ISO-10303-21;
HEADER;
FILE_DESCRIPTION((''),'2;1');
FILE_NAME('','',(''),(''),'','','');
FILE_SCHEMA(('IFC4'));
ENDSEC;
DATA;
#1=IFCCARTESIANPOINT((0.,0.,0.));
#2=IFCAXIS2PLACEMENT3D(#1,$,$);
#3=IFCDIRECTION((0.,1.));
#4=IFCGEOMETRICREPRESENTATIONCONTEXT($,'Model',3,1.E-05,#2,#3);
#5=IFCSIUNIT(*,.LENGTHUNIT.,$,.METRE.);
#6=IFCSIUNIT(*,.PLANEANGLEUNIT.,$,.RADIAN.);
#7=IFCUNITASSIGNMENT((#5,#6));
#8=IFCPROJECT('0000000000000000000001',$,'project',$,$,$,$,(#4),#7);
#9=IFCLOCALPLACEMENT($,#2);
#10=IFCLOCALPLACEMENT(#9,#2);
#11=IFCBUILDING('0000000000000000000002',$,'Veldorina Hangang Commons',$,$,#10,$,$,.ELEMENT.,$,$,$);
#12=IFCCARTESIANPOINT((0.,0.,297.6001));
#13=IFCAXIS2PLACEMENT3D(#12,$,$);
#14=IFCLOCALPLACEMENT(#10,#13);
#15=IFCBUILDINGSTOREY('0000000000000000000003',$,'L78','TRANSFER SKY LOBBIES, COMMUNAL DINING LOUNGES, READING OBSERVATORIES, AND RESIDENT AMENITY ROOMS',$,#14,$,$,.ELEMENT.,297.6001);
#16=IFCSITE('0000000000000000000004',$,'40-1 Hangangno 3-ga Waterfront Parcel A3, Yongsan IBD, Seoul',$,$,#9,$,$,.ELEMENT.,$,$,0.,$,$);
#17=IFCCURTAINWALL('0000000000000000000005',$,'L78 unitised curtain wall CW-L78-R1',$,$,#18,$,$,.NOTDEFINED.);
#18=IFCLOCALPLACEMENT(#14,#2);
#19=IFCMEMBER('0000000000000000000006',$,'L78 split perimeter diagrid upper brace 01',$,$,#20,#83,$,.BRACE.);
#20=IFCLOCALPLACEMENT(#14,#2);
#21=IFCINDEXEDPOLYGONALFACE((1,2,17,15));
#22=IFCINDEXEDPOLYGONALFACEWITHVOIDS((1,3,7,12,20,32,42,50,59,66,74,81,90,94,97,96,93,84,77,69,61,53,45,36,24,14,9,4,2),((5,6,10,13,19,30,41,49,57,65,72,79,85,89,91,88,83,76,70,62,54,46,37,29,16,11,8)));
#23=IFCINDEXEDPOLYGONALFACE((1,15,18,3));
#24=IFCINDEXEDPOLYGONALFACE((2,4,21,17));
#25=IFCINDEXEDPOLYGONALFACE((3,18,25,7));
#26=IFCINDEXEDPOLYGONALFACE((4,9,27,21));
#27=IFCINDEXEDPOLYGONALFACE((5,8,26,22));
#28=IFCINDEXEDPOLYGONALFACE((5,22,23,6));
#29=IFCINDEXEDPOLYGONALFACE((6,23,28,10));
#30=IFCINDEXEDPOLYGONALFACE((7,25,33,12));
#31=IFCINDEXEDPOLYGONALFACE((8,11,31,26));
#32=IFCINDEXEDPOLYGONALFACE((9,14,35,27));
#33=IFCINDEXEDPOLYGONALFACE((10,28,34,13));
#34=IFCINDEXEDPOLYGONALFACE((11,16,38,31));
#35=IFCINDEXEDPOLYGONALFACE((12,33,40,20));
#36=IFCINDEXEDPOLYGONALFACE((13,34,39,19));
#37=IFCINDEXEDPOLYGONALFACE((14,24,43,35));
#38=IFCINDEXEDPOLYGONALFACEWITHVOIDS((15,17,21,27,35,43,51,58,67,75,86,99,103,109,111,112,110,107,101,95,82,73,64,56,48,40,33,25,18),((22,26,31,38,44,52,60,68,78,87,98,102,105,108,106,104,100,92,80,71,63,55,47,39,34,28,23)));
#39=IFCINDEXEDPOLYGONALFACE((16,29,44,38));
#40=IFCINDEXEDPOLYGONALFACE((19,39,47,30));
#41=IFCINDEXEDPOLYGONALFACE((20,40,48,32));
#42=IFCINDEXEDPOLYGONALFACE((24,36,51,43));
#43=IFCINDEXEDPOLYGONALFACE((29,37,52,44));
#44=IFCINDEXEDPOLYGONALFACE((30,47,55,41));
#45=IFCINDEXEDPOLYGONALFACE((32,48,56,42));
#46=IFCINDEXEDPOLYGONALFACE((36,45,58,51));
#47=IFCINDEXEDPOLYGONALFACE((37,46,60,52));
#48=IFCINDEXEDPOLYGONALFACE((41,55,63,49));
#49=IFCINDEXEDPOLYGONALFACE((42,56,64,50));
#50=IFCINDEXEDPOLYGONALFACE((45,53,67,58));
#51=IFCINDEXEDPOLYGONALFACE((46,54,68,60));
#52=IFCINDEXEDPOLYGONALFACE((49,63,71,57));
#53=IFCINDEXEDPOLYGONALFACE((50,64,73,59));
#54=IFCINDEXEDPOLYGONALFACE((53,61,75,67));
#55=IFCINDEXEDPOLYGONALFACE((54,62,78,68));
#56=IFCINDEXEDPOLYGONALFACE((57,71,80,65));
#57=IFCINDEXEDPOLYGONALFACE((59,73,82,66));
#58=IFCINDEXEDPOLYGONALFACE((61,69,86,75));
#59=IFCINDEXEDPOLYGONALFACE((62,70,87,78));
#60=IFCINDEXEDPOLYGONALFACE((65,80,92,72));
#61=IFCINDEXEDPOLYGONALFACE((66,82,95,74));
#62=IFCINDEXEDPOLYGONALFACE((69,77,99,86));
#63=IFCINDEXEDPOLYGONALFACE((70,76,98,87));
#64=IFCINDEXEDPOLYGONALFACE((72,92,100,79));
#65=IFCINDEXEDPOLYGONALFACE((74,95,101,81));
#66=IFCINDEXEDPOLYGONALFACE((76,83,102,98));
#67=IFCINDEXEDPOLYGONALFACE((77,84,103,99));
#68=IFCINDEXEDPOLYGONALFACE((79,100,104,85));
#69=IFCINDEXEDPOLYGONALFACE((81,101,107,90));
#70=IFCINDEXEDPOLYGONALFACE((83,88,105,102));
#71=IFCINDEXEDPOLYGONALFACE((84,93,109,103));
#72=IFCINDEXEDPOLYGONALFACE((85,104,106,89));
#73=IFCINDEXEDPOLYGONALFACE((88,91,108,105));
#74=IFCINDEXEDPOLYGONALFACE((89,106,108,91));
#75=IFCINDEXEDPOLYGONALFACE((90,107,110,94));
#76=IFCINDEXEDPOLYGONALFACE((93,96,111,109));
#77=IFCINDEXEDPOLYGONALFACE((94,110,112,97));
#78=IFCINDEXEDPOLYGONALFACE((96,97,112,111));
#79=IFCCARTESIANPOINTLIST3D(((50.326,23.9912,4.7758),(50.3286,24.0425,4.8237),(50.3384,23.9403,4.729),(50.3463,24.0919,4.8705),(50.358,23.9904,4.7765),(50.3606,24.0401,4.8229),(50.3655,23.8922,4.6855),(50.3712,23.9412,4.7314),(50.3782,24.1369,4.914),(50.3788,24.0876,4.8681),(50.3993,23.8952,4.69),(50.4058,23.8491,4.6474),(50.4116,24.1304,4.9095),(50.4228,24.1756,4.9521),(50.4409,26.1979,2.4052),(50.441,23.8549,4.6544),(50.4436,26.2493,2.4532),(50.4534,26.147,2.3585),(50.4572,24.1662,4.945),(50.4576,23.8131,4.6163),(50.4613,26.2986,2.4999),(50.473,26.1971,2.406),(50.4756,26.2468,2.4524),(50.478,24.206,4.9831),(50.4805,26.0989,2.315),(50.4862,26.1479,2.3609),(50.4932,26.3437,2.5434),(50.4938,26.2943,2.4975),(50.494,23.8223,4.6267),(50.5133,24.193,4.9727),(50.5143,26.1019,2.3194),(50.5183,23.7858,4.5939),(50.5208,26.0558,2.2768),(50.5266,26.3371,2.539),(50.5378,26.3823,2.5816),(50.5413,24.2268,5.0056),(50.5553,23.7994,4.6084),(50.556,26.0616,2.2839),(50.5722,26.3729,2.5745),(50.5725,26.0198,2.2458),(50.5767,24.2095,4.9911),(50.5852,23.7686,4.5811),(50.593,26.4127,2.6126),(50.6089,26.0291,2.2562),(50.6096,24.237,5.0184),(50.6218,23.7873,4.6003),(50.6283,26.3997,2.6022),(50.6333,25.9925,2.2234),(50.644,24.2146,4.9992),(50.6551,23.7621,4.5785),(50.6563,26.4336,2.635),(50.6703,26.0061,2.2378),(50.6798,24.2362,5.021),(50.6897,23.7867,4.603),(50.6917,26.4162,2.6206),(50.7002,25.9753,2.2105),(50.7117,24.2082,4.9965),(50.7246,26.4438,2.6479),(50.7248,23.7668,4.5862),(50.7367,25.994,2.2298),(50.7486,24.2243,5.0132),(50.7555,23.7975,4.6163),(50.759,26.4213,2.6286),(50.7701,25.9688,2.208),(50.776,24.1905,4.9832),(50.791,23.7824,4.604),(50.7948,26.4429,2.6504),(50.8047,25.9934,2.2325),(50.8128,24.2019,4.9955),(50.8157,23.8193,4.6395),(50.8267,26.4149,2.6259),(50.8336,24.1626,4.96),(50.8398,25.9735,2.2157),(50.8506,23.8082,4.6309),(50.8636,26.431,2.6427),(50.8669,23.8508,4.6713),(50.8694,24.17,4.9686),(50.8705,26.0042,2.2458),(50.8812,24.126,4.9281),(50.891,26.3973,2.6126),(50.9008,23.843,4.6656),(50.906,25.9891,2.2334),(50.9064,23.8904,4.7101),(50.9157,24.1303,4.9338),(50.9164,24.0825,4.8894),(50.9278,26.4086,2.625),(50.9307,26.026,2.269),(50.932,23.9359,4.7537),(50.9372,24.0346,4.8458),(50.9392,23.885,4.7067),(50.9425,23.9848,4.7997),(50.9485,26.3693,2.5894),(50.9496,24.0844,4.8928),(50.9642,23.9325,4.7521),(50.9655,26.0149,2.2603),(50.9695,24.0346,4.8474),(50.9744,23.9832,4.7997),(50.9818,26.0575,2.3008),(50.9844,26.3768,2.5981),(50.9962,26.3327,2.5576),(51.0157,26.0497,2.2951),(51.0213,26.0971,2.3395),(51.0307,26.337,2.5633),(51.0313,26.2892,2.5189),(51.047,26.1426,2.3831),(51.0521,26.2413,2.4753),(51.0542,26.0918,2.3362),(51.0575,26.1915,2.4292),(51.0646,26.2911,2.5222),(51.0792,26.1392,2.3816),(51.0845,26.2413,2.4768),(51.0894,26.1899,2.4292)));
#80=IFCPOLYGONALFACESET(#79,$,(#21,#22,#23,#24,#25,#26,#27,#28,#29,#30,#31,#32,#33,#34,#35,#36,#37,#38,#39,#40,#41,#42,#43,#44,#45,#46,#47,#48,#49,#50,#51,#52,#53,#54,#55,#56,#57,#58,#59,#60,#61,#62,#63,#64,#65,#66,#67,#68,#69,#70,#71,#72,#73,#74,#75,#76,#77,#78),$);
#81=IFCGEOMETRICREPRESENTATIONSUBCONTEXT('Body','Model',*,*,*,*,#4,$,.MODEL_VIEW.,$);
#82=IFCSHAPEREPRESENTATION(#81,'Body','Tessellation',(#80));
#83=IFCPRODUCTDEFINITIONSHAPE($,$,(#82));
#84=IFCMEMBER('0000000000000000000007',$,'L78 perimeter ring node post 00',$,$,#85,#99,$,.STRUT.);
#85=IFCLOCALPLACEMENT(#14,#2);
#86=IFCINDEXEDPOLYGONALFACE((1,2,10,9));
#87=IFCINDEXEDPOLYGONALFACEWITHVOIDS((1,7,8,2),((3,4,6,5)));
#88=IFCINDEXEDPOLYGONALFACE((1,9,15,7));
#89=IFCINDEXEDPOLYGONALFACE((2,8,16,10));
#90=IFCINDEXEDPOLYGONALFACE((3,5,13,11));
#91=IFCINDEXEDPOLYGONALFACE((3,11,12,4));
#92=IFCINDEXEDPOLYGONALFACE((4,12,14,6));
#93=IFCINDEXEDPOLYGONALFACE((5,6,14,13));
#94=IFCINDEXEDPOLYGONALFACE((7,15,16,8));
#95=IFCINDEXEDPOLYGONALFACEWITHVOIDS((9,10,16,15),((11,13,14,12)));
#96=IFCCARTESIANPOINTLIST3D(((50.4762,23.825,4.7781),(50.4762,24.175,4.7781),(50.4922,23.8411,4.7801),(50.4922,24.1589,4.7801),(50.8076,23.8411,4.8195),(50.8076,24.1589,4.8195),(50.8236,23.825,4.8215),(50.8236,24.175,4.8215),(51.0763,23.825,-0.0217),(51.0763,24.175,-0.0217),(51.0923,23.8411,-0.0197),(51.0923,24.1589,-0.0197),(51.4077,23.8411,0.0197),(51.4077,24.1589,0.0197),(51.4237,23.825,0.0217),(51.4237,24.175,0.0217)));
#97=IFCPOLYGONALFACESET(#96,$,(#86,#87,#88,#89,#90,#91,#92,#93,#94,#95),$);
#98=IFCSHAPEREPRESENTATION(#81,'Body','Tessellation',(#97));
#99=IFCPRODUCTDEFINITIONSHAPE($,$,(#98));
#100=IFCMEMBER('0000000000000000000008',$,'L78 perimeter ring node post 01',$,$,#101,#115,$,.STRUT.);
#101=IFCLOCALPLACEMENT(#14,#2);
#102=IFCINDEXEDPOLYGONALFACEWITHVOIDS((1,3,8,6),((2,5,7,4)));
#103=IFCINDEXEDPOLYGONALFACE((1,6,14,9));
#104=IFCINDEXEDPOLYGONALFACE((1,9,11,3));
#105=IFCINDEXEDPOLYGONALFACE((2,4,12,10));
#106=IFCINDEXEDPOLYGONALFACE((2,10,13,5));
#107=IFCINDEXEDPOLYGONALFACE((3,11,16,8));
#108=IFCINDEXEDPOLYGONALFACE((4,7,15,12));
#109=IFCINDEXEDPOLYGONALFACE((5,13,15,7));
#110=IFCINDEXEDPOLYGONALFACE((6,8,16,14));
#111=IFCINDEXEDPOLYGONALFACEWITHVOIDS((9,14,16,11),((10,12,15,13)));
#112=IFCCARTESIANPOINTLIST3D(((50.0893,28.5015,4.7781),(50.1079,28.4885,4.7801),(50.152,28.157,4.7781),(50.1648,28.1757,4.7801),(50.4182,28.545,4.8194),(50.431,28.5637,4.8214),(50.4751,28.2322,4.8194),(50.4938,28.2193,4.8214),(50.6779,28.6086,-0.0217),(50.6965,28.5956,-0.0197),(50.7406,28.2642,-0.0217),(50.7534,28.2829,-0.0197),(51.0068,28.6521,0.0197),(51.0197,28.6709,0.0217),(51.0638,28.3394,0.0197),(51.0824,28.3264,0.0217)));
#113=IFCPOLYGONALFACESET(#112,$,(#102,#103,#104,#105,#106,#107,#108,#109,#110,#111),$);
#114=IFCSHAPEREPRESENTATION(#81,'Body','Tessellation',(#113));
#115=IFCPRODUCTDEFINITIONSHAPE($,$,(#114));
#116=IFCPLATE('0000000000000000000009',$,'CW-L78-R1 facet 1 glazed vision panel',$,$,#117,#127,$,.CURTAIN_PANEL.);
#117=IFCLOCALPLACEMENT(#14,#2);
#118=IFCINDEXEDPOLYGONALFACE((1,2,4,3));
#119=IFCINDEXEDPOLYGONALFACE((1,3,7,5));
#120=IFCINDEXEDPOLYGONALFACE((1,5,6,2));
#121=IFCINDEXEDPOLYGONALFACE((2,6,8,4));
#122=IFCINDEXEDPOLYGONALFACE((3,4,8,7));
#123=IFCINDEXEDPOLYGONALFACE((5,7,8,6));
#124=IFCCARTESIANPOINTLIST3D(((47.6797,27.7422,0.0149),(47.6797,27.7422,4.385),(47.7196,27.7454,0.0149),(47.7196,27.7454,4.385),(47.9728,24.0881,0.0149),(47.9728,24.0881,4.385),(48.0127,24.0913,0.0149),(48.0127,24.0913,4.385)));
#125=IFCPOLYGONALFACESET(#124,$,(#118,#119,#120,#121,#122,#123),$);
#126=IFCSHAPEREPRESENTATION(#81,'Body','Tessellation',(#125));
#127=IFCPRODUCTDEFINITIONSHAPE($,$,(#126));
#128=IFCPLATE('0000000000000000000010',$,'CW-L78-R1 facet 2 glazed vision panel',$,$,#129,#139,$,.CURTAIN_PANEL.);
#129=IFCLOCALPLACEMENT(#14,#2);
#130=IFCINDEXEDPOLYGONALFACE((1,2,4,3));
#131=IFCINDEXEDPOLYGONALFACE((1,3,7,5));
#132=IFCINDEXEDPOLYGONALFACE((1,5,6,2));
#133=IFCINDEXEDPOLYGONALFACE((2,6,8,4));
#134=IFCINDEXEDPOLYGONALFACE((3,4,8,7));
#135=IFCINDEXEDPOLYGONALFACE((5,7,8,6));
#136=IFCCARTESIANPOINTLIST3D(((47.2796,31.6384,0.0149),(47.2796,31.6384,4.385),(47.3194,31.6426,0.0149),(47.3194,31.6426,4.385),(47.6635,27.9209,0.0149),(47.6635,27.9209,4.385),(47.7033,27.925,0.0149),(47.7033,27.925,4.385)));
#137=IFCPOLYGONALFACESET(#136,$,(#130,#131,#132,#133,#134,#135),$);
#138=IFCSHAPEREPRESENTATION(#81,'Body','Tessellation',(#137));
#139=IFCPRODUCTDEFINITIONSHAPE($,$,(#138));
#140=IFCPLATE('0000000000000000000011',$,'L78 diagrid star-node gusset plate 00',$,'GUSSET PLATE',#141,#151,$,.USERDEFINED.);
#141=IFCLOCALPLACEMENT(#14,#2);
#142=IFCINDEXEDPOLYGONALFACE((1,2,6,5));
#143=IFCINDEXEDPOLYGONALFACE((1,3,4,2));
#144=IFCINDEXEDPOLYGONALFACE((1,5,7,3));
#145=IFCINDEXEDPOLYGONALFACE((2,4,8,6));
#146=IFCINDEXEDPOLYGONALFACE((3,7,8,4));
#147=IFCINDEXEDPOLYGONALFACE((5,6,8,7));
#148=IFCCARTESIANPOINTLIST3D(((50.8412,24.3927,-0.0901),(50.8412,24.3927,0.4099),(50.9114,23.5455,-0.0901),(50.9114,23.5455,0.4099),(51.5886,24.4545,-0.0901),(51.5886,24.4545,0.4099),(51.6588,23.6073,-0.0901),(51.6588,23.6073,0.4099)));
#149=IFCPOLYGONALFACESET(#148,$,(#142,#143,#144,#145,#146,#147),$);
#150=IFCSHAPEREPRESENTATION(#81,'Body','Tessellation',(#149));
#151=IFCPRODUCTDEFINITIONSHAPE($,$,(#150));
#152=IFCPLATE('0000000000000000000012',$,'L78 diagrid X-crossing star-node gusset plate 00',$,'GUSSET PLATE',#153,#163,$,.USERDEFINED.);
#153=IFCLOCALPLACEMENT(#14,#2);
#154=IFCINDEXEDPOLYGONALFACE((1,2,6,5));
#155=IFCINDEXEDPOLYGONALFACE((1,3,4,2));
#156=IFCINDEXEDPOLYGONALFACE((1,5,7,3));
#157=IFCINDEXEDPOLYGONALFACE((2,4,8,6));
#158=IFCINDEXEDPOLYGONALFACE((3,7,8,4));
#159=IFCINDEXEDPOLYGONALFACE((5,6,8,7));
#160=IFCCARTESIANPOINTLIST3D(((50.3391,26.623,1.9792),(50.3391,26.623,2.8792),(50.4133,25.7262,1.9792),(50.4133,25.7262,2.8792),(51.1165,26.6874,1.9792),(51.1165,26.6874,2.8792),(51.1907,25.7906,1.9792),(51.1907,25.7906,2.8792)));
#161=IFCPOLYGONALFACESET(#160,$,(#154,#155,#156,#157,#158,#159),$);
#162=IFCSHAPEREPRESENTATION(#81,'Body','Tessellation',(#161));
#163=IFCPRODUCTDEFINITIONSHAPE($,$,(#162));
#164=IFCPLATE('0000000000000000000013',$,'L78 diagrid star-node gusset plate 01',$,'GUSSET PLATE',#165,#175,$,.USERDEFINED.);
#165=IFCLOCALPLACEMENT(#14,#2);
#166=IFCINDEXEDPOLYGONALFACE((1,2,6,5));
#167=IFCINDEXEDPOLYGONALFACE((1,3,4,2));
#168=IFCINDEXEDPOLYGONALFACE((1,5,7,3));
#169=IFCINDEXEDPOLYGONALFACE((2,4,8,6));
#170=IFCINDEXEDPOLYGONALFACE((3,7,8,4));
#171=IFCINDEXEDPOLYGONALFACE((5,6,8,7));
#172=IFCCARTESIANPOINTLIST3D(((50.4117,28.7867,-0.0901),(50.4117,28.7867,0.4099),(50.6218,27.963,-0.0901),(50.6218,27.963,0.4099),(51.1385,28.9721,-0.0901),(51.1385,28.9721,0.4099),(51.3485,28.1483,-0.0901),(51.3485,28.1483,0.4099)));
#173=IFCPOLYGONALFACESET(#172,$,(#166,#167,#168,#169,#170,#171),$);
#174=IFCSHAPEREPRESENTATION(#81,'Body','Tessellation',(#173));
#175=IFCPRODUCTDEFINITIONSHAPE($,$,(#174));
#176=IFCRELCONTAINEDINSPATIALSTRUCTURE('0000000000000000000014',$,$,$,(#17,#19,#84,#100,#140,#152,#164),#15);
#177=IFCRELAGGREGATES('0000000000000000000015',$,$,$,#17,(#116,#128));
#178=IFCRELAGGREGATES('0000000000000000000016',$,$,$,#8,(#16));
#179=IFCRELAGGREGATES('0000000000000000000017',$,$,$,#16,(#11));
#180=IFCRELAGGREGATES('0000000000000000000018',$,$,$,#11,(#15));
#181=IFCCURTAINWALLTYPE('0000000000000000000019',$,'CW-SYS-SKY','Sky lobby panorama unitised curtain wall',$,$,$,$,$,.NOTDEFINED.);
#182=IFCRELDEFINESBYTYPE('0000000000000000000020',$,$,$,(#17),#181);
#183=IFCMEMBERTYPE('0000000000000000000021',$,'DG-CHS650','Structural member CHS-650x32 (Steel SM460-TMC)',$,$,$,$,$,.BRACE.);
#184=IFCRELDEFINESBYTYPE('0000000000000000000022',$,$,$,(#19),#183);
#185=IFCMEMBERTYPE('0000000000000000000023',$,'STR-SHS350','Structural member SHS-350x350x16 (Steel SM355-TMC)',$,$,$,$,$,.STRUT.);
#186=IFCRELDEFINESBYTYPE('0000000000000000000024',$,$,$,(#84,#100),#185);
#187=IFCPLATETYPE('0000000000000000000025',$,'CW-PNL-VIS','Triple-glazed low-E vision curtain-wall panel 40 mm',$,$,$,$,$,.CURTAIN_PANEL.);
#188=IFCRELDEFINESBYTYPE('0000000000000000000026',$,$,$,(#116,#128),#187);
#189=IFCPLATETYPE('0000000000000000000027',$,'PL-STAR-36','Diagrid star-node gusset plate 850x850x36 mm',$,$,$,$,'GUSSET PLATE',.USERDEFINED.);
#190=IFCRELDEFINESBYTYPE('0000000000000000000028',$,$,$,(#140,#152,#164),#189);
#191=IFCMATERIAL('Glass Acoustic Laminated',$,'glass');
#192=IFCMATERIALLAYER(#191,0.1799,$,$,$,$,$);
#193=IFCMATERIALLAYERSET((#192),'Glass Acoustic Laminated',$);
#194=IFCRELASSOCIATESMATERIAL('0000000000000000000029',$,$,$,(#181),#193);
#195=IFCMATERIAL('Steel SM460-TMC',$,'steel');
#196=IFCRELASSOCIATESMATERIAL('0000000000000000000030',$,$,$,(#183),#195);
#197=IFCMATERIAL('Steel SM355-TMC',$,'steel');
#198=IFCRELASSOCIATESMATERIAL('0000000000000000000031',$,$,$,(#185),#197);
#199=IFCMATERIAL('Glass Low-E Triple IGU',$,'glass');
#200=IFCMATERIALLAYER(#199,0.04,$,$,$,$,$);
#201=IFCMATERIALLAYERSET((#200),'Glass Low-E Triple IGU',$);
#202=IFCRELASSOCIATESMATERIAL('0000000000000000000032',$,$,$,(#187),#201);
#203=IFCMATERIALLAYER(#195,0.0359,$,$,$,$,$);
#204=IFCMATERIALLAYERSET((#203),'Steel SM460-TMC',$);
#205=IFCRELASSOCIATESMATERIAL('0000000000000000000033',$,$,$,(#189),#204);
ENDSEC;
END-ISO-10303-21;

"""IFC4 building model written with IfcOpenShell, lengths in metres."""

from ifc_helpers import new_model, si_unit, direction, frame, origin, origin_2d, place, context, subcontext, project, spatial, rectangle, hollow_rectangle, hollow_circle, extrude, material, layer, layer_set, material_profile, profile_set, type_object, element, aggregate, save


model = new_model("IFC4")

# Units and contexts
model_context = context("Model", 3, precision=1e-05, world=origin(), true_north=direction((0.0, 1.0)))
body_context = subcontext(model_context, "Body", "Model", "MODEL_VIEW")
ifc_project = project(units=[si_unit("LENGTHUNIT", "METRE"), si_unit("PLANEANGLEUNIT", "RADIAN")], contexts=[model_context])

# Site, building, storey
site_placement = place(None, origin())
site = spatial("IfcSite", under=ifc_project, at=site_placement, Name="40-1 Hangangno 3-ga Waterfront Parcel A3, Yongsan IBD, Seoul", CompositionType="ELEMENT", RefElevation=0.0)
building_placement = place(site_placement, origin())
building = spatial("IfcBuilding", under=site, at=building_placement, Name="Veldorina Hangang Commons", CompositionType="ELEMENT")
storey_placement = place(building_placement, frame((0.0, 0.0, 297.6001)))
storey = spatial("IfcBuildingStorey", under=building, at=storey_placement, Name="L78", Description="TRANSFER SKY LOBBIES, COMMUNAL DINING LOUNGES, READING OBSERVATORIES, AND RESIDENT AMENITY ROOMS", CompositionType="ELEMENT", Elevation=297.6001)

# Shared definitions
ifc_material_1 = material(Name="Steel SM460-TMC", Category="steel")
ifc_material_2 = material(Name="Steel SM355-TMC", Category="steel")

# Curtain wall
ifc_material_3 = material(Name="Glass Acoustic Laminated", Category="glass")
ifc_layer_1 = layer(ifc_material_3, 0.1799)
ifc_layer_set_1 = layer_set([ifc_layer_1], Name="Glass Acoustic Laminated")
curtain_wall_type = type_object("IfcCurtainWallType", Name="CW-SYS-SKY", Description="Sky lobby panorama unitised curtain wall", PredefinedType="NOTDEFINED", material=ifc_layer_set_1)
curtain_wall_placement = place(storey_placement, origin())
curtain_wall = element("IfcCurtainWall", 1, at=curtain_wall_placement, inside=storey, type_object=curtain_wall_type, Name="L78 unitised curtain wall CW-L78-R1", PredefinedType="NOTDEFINED")

# Members
ifc_material_profile_1 = material_profile(ifc_material_1, hollow_circle(Radius=0.325, WallThickness=0.032, at=origin_2d()), Name="CHS-650x32")
ifc_profile_set_1 = profile_set([ifc_material_profile_1], Name="Steel SM460-TMC")
member_type_1 = type_object("IfcMemberType", Name="DG-CHS650", Description="Structural member CHS-650x32 (Steel SM460-TMC)", PredefinedType="BRACE", material=ifc_profile_set_1)
member_1_placement = place(storey_placement, frame((50.7649, 26.2068, 2.4292), z_axis=(-0.035482, -0.680935, 0.731484), x_axis=(0.998645, -0.052037, 0.0)))
element("IfcMember", 2, at=member_1_placement, inside=storey, type_object=member_type_1, Name="L78 split perimeter diagrid upper brace 01", PredefinedType="BRACE", context=body_context, shape_type="SweptSolid", body=[
    extrude(hollow_circle(Radius=0.325, WallThickness=0.032, at=origin_2d()), origin(), (0.0, 0.0, 1.0), 3.2407),
])
ifc_material_profile_2 = material_profile(ifc_material_2, hollow_rectangle(XDim=0.3501, YDim=0.3501, WallThickness=0.0161, at=origin_2d()), Name="SHS-350x350x16")
ifc_profile_set_2 = profile_set([ifc_material_profile_2], Name="Steel SM355-TMC")
member_type_2 = type_object("IfcMemberType", Name="STR-SHS350", Description="Structural member SHS-350x350x16 (Steel SM355-TMC)", PredefinedType="STRUT", material=ifc_profile_set_2)
member_2_placement = place(storey_placement, frame((51.25, 24.0, 0.0), z_axis=(-0.12406, 0.0, 0.992275), x_axis=(0.0, -1.0, 0.0)))
element("IfcMember", 3, at=member_2_placement, inside=storey, type_object=member_type_2, Name="L78 perimeter ring node post 00", PredefinedType="STRUT", context=body_context, shape_type="SweptSolid", body=[
    extrude(hollow_rectangle(XDim=0.3501, YDim=0.3501, WallThickness=0.0161, at=origin_2d()), origin(), (0.0, 0.0, 1.0), 4.8372),
])
member_3_placement = place(storey_placement, frame((50.8801, 28.4675, 0.0), z_axis=(-0.121693, -0.022158, 0.99232), x_axis=(0.179137, -0.983824, 0.0)))
element("IfcMember", 4, at=member_3_placement, inside=storey, type_object=member_type_2, Name="L78 perimeter ring node post 01", PredefinedType="STRUT", context=body_context, shape_type="SweptSolid", body=[
    extrude(hollow_rectangle(XDim=0.3501, YDim=0.3501, WallThickness=0.0161, at=origin_2d()), origin(), (0.0, 0.0, 1.0), 4.8369),
])

# Plates
ifc_material_4 = material(Name="Glass Low-E Triple IGU", Category="glass")
ifc_layer_2 = layer(ifc_material_4, 0.04)
ifc_layer_set_2 = layer_set([ifc_layer_2], Name="Glass Low-E Triple IGU")
plate_type_1 = type_object("IfcPlateType", Name="CW-PNL-VIS", Description="Triple-glazed low-E vision curtain-wall panel 40 mm", PredefinedType="CURTAIN_PANEL", material=ifc_layer_set_2)
plate_1_placement = place(storey_placement, frame((47.8462, 25.9167, 0.0149), z_axis=(0.0, 0.0, 1.0), x_axis=(-0.079938, 0.9968, 0.0)))
plate_1 = element("IfcPlate", 5, at=plate_1_placement, type_object=plate_type_1, Name="CW-L78-R1 facet 1 glazed vision panel", PredefinedType="CURTAIN_PANEL", context=body_context, shape_type="SweptSolid", body=[
    extrude(rectangle(XDim=3.6658, YDim=0.04, at=origin_2d()), origin(), (0.0, 0.0, 1.0), 4.3701),
])
plate_2_placement = place(storey_placement, frame((47.4915, 29.7817, 0.0149), z_axis=(0.0, 0.0, 1.0), x_axis=(-0.102723, 0.99471, 0.0)))
plate_2 = element("IfcPlate", 6, at=plate_2_placement, type_object=plate_type_1, Name="CW-L78-R1 facet 2 glazed vision panel", PredefinedType="CURTAIN_PANEL", context=body_context, shape_type="SweptSolid", body=[
    extrude(rectangle(XDim=3.7373, YDim=0.04, at=origin_2d()), origin(), (0.0, 0.0, 1.0), 4.3701),
])
aggregate(curtain_wall, [plate_1, plate_2])

# Plates
ifc_layer_3 = layer(ifc_material_1, 0.0359)
ifc_layer_set_3 = layer_set([ifc_layer_3], Name="Steel SM460-TMC")
plate_type_2 = type_object("IfcPlateType", Name="PL-STAR-36", Description="Diagrid star-node gusset plate 850x850x36 mm", ElementType="GUSSET PLATE", PredefinedType="USERDEFINED", material=ifc_layer_set_3)
plate_3_placement = place(storey_placement, frame((51.25, 24.0, -0.0901), z_axis=(0.0, 0.0, 1.0), x_axis=(-0.082513, 0.99659, 0.0)))
element("IfcPlate", 7, at=plate_3_placement, inside=storey, type_object=plate_type_2, Name="L78 diagrid star-node gusset plate 00", ObjectType="GUSSET PLATE", PredefinedType="USERDEFINED", context=body_context, shape_type="SweptSolid", body=[
    extrude(rectangle(XDim=0.8501, YDim=0.75, at=origin_2d()), origin(), (0.0, 0.0, 1.0), 0.5),
])
plate_4_placement = place(storey_placement, frame((50.7649, 26.2068, 1.9792), z_axis=(0.0, 0.0, 1.0), x_axis=(-0.082513, 0.99659, 0.0)))
element("IfcPlate", 8, at=plate_4_placement, inside=storey, type_object=plate_type_2, Name="L78 diagrid X-crossing star-node gusset plate 00", ObjectType="GUSSET PLATE", PredefinedType="USERDEFINED", context=body_context, shape_type="SweptSolid", body=[
    extrude(rectangle(XDim=0.8999, YDim=0.78, at=origin_2d()), origin(), (0.0, 0.0, 1.0), 0.8999),
])
plate_5_placement = place(storey_placement, frame((50.8801, 28.4675, -0.0901), z_axis=(0.0, 0.0, 1.0), x_axis=(-0.247084, 0.968994, 0.0)))
element("IfcPlate", 9, at=plate_5_placement, inside=storey, type_object=plate_type_2, Name="L78 diagrid star-node gusset plate 01", ObjectType="GUSSET PLATE", PredefinedType="USERDEFINED", context=body_context, shape_type="SweptSolid", body=[
    extrude(rectangle(XDim=0.8501, YDim=0.75, at=origin_2d()), origin(), (0.0, 0.0, 1.0), 0.5),
])

save(model, "model.ifc")
